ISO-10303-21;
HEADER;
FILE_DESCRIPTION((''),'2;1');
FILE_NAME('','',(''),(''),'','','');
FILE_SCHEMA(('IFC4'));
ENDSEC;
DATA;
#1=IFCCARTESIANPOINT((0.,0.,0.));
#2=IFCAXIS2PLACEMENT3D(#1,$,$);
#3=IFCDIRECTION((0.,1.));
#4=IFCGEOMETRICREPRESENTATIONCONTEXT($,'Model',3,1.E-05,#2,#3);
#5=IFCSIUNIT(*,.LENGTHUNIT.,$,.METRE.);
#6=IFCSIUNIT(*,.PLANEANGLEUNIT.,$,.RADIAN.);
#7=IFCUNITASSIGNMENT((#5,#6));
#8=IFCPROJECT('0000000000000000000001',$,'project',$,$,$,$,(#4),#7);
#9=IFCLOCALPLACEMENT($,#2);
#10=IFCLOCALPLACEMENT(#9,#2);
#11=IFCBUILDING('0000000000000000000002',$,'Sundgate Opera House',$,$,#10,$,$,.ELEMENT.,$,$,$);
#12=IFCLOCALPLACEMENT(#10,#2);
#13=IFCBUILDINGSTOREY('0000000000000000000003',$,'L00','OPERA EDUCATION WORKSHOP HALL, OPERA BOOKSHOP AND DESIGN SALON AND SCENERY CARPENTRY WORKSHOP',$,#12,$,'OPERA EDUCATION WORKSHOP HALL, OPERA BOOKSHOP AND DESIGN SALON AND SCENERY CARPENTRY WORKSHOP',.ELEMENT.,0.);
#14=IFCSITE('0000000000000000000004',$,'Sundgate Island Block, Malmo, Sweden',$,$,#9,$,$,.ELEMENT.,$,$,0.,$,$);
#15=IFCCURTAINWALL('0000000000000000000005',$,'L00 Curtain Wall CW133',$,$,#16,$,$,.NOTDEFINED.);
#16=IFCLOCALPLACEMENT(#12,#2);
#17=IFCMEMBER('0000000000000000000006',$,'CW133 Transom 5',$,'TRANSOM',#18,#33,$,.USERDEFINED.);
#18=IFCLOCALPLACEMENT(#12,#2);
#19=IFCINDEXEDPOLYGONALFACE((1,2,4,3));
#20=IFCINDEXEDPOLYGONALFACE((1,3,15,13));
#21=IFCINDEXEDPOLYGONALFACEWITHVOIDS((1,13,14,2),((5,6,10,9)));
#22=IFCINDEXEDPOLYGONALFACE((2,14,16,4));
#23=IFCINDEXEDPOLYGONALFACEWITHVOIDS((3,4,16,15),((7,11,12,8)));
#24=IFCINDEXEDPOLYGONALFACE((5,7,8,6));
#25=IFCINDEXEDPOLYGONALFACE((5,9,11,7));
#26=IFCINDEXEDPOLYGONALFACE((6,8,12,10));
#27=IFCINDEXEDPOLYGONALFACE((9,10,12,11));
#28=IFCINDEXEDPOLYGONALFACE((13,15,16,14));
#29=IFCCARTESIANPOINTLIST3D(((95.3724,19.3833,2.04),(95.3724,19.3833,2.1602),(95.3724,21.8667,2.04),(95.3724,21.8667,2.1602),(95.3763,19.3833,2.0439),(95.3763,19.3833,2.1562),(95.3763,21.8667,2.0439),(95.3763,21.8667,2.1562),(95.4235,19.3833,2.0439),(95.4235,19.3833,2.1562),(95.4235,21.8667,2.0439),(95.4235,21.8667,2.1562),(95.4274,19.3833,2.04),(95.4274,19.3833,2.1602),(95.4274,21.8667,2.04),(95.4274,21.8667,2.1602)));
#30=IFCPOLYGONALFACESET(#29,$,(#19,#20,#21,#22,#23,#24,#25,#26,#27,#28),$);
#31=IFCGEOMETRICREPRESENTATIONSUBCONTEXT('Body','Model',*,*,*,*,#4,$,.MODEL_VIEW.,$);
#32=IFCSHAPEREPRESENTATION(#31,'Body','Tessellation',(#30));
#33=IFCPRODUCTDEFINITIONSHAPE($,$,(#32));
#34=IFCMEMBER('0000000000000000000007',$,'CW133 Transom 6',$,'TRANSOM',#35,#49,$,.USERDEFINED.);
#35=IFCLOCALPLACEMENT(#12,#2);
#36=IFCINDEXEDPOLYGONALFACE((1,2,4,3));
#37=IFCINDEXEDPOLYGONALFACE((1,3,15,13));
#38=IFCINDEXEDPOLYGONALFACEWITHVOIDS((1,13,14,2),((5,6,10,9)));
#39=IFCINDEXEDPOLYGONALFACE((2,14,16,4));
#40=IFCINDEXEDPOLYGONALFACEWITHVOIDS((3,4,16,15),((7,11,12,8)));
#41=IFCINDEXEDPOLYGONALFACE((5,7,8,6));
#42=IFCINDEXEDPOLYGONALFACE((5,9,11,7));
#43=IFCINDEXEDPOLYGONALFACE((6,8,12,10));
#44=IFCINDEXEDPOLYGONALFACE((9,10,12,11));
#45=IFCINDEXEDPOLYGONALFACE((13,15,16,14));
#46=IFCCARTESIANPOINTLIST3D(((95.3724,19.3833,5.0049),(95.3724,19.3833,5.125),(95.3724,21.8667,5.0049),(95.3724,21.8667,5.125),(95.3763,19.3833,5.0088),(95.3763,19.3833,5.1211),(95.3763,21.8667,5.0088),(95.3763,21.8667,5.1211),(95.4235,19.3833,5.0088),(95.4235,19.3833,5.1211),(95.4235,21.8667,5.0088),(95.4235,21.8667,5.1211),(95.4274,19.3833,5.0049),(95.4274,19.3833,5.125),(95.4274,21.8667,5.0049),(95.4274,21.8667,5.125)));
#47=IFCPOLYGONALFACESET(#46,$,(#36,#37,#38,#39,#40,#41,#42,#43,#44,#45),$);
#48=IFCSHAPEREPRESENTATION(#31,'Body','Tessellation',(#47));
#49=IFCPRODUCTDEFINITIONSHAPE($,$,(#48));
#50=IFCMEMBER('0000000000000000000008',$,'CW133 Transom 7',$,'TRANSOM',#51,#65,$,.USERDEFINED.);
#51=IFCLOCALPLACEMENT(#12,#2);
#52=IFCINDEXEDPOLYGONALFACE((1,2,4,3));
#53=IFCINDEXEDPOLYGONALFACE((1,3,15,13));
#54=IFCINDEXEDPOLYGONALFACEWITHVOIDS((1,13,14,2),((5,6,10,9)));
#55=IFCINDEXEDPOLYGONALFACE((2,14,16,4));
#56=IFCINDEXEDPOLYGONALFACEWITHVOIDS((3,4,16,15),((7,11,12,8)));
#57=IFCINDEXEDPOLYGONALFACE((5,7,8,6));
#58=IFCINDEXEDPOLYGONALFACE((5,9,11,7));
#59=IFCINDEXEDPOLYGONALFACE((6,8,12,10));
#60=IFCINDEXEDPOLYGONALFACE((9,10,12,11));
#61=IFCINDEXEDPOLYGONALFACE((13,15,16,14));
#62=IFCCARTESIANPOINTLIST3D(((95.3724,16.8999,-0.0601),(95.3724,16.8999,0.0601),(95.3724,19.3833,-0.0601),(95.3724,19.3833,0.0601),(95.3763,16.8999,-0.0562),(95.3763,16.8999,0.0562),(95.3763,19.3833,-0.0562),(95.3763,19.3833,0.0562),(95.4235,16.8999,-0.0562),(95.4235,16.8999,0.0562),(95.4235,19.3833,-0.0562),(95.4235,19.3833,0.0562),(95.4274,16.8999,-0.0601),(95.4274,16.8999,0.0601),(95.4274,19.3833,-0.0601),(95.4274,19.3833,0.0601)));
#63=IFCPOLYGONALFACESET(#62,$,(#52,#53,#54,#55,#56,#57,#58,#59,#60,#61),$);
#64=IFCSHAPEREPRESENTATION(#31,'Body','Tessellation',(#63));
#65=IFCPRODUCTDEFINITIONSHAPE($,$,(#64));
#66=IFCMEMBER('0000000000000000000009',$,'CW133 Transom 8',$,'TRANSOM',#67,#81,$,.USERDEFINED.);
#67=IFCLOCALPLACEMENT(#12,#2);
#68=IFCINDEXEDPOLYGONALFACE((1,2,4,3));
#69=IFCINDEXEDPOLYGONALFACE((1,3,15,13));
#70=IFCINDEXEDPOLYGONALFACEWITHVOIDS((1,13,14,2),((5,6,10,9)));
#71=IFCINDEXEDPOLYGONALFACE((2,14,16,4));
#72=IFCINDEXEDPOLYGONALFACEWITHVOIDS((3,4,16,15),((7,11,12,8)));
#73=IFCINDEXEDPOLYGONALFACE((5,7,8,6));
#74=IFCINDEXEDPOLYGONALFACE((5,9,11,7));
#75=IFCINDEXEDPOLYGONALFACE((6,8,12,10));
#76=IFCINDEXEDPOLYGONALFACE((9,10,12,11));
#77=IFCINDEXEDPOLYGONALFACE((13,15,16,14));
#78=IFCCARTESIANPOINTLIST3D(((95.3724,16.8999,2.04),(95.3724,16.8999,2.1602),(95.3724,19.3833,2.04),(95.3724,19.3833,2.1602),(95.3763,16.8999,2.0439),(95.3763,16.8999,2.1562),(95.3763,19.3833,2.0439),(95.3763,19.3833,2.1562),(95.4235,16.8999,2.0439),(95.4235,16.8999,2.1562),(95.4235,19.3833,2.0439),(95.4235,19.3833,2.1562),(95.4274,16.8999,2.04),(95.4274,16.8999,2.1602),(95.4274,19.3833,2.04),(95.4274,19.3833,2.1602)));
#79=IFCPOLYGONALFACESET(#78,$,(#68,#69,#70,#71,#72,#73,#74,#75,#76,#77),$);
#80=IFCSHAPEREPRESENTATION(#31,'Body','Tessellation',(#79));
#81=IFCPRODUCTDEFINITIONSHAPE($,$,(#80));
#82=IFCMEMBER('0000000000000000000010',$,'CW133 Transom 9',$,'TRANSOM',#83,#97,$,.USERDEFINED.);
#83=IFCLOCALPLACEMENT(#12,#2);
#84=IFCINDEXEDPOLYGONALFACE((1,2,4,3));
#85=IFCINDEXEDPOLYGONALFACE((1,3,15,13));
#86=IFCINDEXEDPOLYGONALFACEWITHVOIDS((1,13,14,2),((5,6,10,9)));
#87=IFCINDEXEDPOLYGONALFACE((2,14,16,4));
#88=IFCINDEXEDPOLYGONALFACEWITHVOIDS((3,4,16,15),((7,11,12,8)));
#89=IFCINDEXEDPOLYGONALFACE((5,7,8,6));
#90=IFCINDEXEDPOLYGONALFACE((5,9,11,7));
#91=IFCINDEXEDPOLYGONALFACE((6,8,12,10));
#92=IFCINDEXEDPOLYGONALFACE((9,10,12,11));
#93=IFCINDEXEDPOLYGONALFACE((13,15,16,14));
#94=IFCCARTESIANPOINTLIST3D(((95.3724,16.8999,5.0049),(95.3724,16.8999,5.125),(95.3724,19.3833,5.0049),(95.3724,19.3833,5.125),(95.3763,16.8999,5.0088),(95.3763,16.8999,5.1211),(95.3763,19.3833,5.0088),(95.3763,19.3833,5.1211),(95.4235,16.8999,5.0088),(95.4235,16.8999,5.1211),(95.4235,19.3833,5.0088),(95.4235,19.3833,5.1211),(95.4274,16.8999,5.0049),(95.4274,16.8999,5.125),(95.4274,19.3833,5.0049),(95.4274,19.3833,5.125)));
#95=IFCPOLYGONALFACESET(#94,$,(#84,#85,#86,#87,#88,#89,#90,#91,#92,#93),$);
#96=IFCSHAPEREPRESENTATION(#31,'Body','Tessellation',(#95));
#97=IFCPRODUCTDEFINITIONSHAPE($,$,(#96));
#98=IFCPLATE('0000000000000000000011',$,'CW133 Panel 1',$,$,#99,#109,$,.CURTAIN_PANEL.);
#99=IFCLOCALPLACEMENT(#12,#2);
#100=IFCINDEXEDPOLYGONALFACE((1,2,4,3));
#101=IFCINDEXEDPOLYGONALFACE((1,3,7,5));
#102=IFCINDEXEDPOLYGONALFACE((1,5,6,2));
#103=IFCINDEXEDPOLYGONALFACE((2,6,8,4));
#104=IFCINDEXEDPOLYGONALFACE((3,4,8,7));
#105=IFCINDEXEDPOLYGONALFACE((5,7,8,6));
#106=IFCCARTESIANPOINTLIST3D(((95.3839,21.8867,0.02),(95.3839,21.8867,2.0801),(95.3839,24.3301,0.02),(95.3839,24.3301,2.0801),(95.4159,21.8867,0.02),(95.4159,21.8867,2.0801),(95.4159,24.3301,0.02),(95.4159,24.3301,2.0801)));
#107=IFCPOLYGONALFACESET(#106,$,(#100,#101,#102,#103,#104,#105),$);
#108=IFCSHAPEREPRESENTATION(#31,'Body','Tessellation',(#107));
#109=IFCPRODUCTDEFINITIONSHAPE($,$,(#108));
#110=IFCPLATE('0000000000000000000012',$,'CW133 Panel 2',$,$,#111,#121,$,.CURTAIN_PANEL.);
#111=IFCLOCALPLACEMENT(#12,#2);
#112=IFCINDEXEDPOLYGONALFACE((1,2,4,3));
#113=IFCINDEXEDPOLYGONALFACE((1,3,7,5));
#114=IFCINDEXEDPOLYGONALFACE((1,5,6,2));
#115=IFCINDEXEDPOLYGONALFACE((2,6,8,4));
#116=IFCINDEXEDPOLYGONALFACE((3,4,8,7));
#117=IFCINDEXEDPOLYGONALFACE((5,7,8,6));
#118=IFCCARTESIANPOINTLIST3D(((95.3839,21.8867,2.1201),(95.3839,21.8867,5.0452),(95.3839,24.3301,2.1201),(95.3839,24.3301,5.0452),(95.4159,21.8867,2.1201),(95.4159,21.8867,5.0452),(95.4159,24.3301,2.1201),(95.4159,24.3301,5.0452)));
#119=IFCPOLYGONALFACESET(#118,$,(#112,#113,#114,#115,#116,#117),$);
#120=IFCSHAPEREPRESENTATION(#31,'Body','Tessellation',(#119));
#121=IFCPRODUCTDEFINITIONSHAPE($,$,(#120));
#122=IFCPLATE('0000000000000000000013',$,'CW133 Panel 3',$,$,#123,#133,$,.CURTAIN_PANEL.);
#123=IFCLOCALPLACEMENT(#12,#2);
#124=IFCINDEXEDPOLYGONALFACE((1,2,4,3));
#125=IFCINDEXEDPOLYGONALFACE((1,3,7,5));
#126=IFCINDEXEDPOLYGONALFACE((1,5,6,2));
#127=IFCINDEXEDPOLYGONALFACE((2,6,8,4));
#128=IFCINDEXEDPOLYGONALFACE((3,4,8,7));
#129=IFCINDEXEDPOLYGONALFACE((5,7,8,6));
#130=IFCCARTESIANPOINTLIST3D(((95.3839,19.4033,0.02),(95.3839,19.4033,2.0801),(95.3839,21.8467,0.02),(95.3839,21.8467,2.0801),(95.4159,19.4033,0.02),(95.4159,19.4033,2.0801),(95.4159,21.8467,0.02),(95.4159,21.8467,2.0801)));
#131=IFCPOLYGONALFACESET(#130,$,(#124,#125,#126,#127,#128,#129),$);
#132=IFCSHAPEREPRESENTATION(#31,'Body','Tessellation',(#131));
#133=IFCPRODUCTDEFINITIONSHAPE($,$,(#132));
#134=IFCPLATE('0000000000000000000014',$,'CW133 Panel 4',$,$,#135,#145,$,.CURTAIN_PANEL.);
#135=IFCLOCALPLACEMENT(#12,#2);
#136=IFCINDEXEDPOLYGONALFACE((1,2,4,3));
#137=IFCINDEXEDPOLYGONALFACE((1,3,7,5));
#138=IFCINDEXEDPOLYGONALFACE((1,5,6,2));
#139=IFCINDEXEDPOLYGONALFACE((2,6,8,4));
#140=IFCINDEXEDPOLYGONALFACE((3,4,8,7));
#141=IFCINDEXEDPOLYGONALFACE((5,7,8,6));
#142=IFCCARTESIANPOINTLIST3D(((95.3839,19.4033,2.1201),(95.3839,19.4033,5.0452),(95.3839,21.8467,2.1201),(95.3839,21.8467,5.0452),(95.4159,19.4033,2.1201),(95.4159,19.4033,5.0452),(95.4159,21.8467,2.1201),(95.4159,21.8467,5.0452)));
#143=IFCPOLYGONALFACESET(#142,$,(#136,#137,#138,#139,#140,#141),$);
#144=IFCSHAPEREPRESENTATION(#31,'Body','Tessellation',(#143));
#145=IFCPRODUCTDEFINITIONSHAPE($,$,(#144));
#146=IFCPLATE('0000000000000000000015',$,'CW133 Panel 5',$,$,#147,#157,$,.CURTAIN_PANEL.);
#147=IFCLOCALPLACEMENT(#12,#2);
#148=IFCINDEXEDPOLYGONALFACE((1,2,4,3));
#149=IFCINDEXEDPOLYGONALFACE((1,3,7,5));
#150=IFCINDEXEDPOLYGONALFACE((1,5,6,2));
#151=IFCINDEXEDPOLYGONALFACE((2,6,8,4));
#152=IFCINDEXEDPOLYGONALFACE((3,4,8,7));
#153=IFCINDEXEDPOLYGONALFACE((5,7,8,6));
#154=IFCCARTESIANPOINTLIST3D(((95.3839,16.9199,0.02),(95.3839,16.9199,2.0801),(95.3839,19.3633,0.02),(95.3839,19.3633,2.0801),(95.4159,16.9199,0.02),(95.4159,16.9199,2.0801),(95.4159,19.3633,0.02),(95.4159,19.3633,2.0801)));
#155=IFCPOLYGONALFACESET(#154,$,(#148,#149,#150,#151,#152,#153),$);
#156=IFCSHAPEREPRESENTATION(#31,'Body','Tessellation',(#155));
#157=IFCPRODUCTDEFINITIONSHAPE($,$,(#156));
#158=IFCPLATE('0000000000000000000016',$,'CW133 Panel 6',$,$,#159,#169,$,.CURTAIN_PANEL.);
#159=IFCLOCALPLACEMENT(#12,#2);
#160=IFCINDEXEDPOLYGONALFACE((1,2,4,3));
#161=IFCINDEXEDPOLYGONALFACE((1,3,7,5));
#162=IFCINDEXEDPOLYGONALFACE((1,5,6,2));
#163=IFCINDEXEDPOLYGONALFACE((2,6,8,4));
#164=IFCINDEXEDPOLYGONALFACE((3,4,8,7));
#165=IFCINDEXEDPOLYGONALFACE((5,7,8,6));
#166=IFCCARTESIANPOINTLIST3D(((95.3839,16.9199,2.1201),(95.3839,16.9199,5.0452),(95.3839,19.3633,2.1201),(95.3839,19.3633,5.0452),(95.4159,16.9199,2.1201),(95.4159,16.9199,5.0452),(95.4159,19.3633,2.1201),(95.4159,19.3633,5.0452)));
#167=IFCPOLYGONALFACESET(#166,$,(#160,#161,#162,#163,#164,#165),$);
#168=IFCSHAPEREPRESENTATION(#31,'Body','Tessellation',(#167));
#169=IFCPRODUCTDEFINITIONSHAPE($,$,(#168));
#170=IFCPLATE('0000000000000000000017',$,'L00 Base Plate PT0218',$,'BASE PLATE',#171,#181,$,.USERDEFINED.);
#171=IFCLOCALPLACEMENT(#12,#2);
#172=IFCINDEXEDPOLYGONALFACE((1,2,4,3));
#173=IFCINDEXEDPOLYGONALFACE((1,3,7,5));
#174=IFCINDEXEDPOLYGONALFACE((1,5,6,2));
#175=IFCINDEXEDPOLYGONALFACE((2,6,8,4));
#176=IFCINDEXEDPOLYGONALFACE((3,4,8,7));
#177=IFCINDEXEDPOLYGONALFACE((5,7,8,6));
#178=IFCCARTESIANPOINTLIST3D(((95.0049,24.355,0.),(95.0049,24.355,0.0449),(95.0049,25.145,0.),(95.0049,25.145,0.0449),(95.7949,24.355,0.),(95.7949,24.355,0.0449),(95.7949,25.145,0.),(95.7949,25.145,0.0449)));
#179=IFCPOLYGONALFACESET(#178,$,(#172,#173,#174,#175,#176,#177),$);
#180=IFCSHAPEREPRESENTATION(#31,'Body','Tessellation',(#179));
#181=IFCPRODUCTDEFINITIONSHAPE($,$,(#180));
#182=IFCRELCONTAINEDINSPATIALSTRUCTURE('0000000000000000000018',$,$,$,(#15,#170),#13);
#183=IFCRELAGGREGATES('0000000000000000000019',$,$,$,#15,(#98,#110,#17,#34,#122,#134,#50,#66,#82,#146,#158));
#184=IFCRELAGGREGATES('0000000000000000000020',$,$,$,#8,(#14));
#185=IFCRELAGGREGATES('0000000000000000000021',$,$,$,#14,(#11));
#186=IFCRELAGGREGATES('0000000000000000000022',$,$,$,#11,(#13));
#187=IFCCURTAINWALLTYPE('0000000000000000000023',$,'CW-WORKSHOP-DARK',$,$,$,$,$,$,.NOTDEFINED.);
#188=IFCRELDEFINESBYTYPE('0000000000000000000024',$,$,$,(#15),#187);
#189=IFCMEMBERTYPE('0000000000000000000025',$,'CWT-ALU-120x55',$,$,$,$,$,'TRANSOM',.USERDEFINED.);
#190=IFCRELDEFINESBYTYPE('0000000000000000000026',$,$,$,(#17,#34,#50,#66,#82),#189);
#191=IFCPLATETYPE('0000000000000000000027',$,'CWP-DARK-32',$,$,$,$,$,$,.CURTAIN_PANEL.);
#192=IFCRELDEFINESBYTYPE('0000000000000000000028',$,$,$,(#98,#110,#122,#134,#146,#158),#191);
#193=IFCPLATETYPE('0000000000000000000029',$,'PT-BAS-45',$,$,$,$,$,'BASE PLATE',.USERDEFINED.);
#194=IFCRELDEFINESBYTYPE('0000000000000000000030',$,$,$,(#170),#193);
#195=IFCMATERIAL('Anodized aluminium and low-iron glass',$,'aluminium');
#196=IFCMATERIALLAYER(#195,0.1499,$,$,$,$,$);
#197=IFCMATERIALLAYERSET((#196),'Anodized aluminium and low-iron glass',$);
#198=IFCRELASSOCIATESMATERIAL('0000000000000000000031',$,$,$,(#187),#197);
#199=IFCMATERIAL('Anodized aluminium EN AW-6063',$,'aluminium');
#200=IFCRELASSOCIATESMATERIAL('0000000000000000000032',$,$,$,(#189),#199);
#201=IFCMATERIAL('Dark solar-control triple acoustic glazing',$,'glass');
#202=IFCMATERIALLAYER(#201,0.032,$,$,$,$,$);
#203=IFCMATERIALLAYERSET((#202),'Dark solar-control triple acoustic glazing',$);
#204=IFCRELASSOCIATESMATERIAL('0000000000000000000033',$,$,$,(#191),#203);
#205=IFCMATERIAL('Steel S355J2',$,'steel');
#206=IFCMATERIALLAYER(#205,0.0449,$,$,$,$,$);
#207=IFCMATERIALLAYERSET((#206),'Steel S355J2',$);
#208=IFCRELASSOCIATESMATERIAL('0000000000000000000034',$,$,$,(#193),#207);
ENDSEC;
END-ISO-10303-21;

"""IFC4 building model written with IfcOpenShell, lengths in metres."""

from ifc_helpers import new_model, si_unit, direction, frame, origin, origin_2d, place, context, subcontext, project, spatial, rectangle, hollow_rectangle, extrude, material, layer, layer_set, material_profile, profile_set, type_object, element, aggregate, save


model = new_model("IFC4")

# Units and contexts
model_context = context("Model", 3, precision=1e-05, world=origin(), true_north=direction((0.0, 1.0)))
body_context = subcontext(model_context, "Body", "Model", "MODEL_VIEW")
ifc_project = project(units=[si_unit("LENGTHUNIT", "METRE"), si_unit("PLANEANGLEUNIT", "RADIAN")], contexts=[model_context])

# Site, building, storey
site_placement = place(None, origin())
site = spatial("IfcSite", under=ifc_project, at=site_placement, Name="Sundgate Island Block, Malmo, Sweden", CompositionType="ELEMENT", RefElevation=0.0)
building_placement = place(site_placement, origin())
building = spatial("IfcBuilding", under=site, at=building_placement, Name="Sundgate Opera House", CompositionType="ELEMENT")
storey_placement = place(building_placement, origin())
storey = spatial("IfcBuildingStorey", under=building, at=storey_placement, Name="L00", Description="OPERA EDUCATION WORKSHOP HALL, OPERA BOOKSHOP AND DESIGN SALON AND SCENERY CARPENTRY WORKSHOP", LongName="OPERA EDUCATION WORKSHOP HALL, OPERA BOOKSHOP AND DESIGN SALON AND SCENERY CARPENTRY WORKSHOP", CompositionType="ELEMENT", Elevation=0.0)

# Curtain wall, members, plates
ifc_material_1 = material(Name="Anodized aluminium and low-iron glass", Category="aluminium")
ifc_layer_1 = layer(ifc_material_1, 0.1499)
ifc_layer_set_1 = layer_set([ifc_layer_1], Name="Anodized aluminium and low-iron glass")
curtain_wall_type = type_object("IfcCurtainWallType", Name="CW-WORKSHOP-DARK", PredefinedType="NOTDEFINED", material=ifc_layer_set_1)
curtain_wall_placement = place(storey_placement, origin())
curtain_wall = element("IfcCurtainWall", 1, at=curtain_wall_placement, inside=storey, type_object=curtain_wall_type, Name="L00 Curtain Wall CW133", PredefinedType="NOTDEFINED")
ifc_material_2 = material(Name="Anodized aluminium EN AW-6063", Category="aluminium")
ifc_material_profile_1 = material_profile(ifc_material_2, hollow_rectangle(XDim=0.0549, YDim=0.1201, WallThickness=0.0039, at=origin_2d()), Name="CWT 120x55x4")
ifc_profile_set_1 = profile_set([ifc_material_profile_1], Name="Anodized aluminium EN AW-6063")
member_type_1 = type_object("IfcMemberType", Name="CWT-ALU-120x55", ElementType="TRANSOM", PredefinedType="USERDEFINED", material=ifc_profile_set_1)
member_1_placement = place(storey_placement, frame((95.3999, 21.8667, 2.1001), z_axis=(0.0, -1.0, 0.0), x_axis=(1.0, 0.0, 0.0)))
member_1 = element("IfcMember", 2, at=member_1_placement, type_object=member_type_1, Name="CW133 Transom 5", ObjectType="TRANSOM", PredefinedType="USERDEFINED", context=body_context, shape_type="SweptSolid", body=[
    extrude(hollow_rectangle(XDim=0.0549, YDim=0.1201, WallThickness=0.0039, at=origin_2d()), origin(), (0.0, 0.0, 1.0), 2.4834),
])
member_2_placement = place(storey_placement, frame((95.3999, 21.8667, 5.0649), z_axis=(0.0, -1.0, 0.0), x_axis=(1.0, 0.0, 0.0)))
member_2 = element("IfcMember", 3, at=member_2_placement, type_object=member_type_1, Name="CW133 Transom 6", ObjectType="TRANSOM", PredefinedType="USERDEFINED", context=body_context, shape_type="SweptSolid", body=[
    extrude(hollow_rectangle(XDim=0.0549, YDim=0.1201, WallThickness=0.0039, at=origin_2d()), origin(), (0.0, 0.0, 1.0), 2.4834),
])
member_3_placement = place(storey_placement, frame((95.3999, 19.3833, 0.0), z_axis=(0.0, -1.0, 0.0), x_axis=(1.0, 0.0, 0.0)))
member_3 = element("IfcMember", 4, at=member_3_placement, type_object=member_type_1, Name="CW133 Transom 7", ObjectType="TRANSOM", PredefinedType="USERDEFINED", context=body_context, shape_type="SweptSolid", body=[
    extrude(hollow_rectangle(XDim=0.0549, YDim=0.1201, WallThickness=0.0039, at=origin_2d()), origin(), (0.0, 0.0, 1.0), 2.4834),
])
member_4_placement = place(storey_placement, frame((95.3999, 19.3833, 2.1001), z_axis=(0.0, -1.0, 0.0), x_axis=(1.0, 0.0, 0.0)))
member_4 = element("IfcMember", 5, at=member_4_placement, type_object=member_type_1, Name="CW133 Transom 8", ObjectType="TRANSOM", PredefinedType="USERDEFINED", context=body_context, shape_type="SweptSolid", body=[
    extrude(hollow_rectangle(XDim=0.0549, YDim=0.1201, WallThickness=0.0039, at=origin_2d()), origin(), (0.0, 0.0, 1.0), 2.4834),
])
member_5_placement = place(storey_placement, frame((95.3999, 19.3833, 5.0649), z_axis=(0.0, -1.0, 0.0), x_axis=(1.0, 0.0, 0.0)))
member_5 = element("IfcMember", 6, at=member_5_placement, type_object=member_type_1, Name="CW133 Transom 9", ObjectType="TRANSOM", PredefinedType="USERDEFINED", context=body_context, shape_type="SweptSolid", body=[
    extrude(hollow_rectangle(XDim=0.0549, YDim=0.1201, WallThickness=0.0039, at=origin_2d()), origin(), (0.0, 0.0, 1.0), 2.4834),
])
ifc_material_3 = material(Name="Dark solar-control triple acoustic glazing", Category="glass")
ifc_layer_2 = layer(ifc_material_3, 0.032)
ifc_layer_set_2 = layer_set([ifc_layer_2], Name="Dark solar-control triple acoustic glazing")
plate_type_1 = type_object("IfcPlateType", Name="CWP-DARK-32", PredefinedType="CURTAIN_PANEL", material=ifc_layer_set_2)
plate_1_placement = place(storey_placement, frame((95.3999, 23.1084, 0.02), z_axis=(0.0, 0.0, 1.0), x_axis=(0.0, -1.0, 0.0)))
plate_1 = element("IfcPlate", 7, at=plate_1_placement, type_object=plate_type_1, Name="CW133 Panel 1", PredefinedType="CURTAIN_PANEL", context=body_context, shape_type="SweptSolid", body=[
    extrude(rectangle(XDim=2.4434, YDim=0.032, at=origin_2d()), origin(), (0.0, 0.0, 1.0), 2.0601),
])
plate_2_placement = place(storey_placement, frame((95.3999, 23.1084, 2.1201), z_axis=(0.0, 0.0, 1.0), x_axis=(0.0, -1.0, 0.0)))
plate_2 = element("IfcPlate", 8, at=plate_2_placement, type_object=plate_type_1, Name="CW133 Panel 2", PredefinedType="CURTAIN_PANEL", context=body_context, shape_type="SweptSolid", body=[
    extrude(rectangle(XDim=2.4434, YDim=0.032, at=origin_2d()), origin(), (0.0, 0.0, 1.0), 2.925),
])
plate_3_placement = place(storey_placement, frame((95.3999, 20.625, 0.02), z_axis=(0.0, 0.0, 1.0), x_axis=(0.0, -1.0, 0.0)))
plate_3 = element("IfcPlate", 9, at=plate_3_placement, type_object=plate_type_1, Name="CW133 Panel 3", PredefinedType="CURTAIN_PANEL", context=body_context, shape_type="SweptSolid", body=[
    extrude(rectangle(XDim=2.4434, YDim=0.032, at=origin_2d()), origin(), (0.0, 0.0, 1.0), 2.0601),
])
plate_4_placement = place(storey_placement, frame((95.3999, 20.625, 2.1201), z_axis=(0.0, 0.0, 1.0), x_axis=(0.0, -1.0, 0.0)))
plate_4 = element("IfcPlate", 10, at=plate_4_placement, type_object=plate_type_1, Name="CW133 Panel 4", PredefinedType="CURTAIN_PANEL", context=body_context, shape_type="SweptSolid", body=[
    extrude(rectangle(XDim=2.4434, YDim=0.032, at=origin_2d()), origin(), (0.0, 0.0, 1.0), 2.925),
])
plate_5_placement = place(storey_placement, frame((95.3999, 18.1416, 0.02), z_axis=(0.0, 0.0, 1.0), x_axis=(0.0, -1.0, 0.0)))
plate_5 = element("IfcPlate", 11, at=plate_5_placement, type_object=plate_type_1, Name="CW133 Panel 5", PredefinedType="CURTAIN_PANEL", context=body_context, shape_type="SweptSolid", body=[
    extrude(rectangle(XDim=2.4434, YDim=0.032, at=origin_2d()), origin(), (0.0, 0.0, 1.0), 2.0601),
])
plate_6_placement = place(storey_placement, frame((95.3999, 18.1416, 2.1201), z_axis=(0.0, 0.0, 1.0), x_axis=(0.0, -1.0, 0.0)))
plate_6 = element("IfcPlate", 12, at=plate_6_placement, type_object=plate_type_1, Name="CW133 Panel 6", PredefinedType="CURTAIN_PANEL", context=body_context, shape_type="SweptSolid", body=[
    extrude(rectangle(XDim=2.4434, YDim=0.032, at=origin_2d()), origin(), (0.0, 0.0, 1.0), 2.925),
])
aggregate(curtain_wall, [plate_1, plate_2, member_1, member_2, plate_3, plate_4, member_3, member_4, member_5, plate_5, plate_6])

# Plate
ifc_material_4 = material(Name="Steel S355J2", Category="steel")
ifc_layer_3 = layer(ifc_material_4, 0.0449)
ifc_layer_set_3 = layer_set([ifc_layer_3], Name="Steel S355J2")
plate_type_2 = type_object("IfcPlateType", Name="PT-BAS-45", ElementType="BASE PLATE", PredefinedType="USERDEFINED", material=ifc_layer_set_3)
plate_7_placement = place(storey_placement, frame((95.3999, 24.75, 0.0), z_axis=(0.0, 0.0, 1.0), x_axis=(1.0, 0.0, 0.0)))
element("IfcPlate", 13, at=plate_7_placement, inside=storey, type_object=plate_type_2, Name="L00 Base Plate PT0218", ObjectType="BASE PLATE", PredefinedType="USERDEFINED", context=body_context, shape_type="SweptSolid", body=[
    extrude(rectangle(XDim=0.79, YDim=0.79, at=origin_2d()), origin(), (0.0, 0.0, 1.0), 0.0449),
])

save(model, "model.ifc")
